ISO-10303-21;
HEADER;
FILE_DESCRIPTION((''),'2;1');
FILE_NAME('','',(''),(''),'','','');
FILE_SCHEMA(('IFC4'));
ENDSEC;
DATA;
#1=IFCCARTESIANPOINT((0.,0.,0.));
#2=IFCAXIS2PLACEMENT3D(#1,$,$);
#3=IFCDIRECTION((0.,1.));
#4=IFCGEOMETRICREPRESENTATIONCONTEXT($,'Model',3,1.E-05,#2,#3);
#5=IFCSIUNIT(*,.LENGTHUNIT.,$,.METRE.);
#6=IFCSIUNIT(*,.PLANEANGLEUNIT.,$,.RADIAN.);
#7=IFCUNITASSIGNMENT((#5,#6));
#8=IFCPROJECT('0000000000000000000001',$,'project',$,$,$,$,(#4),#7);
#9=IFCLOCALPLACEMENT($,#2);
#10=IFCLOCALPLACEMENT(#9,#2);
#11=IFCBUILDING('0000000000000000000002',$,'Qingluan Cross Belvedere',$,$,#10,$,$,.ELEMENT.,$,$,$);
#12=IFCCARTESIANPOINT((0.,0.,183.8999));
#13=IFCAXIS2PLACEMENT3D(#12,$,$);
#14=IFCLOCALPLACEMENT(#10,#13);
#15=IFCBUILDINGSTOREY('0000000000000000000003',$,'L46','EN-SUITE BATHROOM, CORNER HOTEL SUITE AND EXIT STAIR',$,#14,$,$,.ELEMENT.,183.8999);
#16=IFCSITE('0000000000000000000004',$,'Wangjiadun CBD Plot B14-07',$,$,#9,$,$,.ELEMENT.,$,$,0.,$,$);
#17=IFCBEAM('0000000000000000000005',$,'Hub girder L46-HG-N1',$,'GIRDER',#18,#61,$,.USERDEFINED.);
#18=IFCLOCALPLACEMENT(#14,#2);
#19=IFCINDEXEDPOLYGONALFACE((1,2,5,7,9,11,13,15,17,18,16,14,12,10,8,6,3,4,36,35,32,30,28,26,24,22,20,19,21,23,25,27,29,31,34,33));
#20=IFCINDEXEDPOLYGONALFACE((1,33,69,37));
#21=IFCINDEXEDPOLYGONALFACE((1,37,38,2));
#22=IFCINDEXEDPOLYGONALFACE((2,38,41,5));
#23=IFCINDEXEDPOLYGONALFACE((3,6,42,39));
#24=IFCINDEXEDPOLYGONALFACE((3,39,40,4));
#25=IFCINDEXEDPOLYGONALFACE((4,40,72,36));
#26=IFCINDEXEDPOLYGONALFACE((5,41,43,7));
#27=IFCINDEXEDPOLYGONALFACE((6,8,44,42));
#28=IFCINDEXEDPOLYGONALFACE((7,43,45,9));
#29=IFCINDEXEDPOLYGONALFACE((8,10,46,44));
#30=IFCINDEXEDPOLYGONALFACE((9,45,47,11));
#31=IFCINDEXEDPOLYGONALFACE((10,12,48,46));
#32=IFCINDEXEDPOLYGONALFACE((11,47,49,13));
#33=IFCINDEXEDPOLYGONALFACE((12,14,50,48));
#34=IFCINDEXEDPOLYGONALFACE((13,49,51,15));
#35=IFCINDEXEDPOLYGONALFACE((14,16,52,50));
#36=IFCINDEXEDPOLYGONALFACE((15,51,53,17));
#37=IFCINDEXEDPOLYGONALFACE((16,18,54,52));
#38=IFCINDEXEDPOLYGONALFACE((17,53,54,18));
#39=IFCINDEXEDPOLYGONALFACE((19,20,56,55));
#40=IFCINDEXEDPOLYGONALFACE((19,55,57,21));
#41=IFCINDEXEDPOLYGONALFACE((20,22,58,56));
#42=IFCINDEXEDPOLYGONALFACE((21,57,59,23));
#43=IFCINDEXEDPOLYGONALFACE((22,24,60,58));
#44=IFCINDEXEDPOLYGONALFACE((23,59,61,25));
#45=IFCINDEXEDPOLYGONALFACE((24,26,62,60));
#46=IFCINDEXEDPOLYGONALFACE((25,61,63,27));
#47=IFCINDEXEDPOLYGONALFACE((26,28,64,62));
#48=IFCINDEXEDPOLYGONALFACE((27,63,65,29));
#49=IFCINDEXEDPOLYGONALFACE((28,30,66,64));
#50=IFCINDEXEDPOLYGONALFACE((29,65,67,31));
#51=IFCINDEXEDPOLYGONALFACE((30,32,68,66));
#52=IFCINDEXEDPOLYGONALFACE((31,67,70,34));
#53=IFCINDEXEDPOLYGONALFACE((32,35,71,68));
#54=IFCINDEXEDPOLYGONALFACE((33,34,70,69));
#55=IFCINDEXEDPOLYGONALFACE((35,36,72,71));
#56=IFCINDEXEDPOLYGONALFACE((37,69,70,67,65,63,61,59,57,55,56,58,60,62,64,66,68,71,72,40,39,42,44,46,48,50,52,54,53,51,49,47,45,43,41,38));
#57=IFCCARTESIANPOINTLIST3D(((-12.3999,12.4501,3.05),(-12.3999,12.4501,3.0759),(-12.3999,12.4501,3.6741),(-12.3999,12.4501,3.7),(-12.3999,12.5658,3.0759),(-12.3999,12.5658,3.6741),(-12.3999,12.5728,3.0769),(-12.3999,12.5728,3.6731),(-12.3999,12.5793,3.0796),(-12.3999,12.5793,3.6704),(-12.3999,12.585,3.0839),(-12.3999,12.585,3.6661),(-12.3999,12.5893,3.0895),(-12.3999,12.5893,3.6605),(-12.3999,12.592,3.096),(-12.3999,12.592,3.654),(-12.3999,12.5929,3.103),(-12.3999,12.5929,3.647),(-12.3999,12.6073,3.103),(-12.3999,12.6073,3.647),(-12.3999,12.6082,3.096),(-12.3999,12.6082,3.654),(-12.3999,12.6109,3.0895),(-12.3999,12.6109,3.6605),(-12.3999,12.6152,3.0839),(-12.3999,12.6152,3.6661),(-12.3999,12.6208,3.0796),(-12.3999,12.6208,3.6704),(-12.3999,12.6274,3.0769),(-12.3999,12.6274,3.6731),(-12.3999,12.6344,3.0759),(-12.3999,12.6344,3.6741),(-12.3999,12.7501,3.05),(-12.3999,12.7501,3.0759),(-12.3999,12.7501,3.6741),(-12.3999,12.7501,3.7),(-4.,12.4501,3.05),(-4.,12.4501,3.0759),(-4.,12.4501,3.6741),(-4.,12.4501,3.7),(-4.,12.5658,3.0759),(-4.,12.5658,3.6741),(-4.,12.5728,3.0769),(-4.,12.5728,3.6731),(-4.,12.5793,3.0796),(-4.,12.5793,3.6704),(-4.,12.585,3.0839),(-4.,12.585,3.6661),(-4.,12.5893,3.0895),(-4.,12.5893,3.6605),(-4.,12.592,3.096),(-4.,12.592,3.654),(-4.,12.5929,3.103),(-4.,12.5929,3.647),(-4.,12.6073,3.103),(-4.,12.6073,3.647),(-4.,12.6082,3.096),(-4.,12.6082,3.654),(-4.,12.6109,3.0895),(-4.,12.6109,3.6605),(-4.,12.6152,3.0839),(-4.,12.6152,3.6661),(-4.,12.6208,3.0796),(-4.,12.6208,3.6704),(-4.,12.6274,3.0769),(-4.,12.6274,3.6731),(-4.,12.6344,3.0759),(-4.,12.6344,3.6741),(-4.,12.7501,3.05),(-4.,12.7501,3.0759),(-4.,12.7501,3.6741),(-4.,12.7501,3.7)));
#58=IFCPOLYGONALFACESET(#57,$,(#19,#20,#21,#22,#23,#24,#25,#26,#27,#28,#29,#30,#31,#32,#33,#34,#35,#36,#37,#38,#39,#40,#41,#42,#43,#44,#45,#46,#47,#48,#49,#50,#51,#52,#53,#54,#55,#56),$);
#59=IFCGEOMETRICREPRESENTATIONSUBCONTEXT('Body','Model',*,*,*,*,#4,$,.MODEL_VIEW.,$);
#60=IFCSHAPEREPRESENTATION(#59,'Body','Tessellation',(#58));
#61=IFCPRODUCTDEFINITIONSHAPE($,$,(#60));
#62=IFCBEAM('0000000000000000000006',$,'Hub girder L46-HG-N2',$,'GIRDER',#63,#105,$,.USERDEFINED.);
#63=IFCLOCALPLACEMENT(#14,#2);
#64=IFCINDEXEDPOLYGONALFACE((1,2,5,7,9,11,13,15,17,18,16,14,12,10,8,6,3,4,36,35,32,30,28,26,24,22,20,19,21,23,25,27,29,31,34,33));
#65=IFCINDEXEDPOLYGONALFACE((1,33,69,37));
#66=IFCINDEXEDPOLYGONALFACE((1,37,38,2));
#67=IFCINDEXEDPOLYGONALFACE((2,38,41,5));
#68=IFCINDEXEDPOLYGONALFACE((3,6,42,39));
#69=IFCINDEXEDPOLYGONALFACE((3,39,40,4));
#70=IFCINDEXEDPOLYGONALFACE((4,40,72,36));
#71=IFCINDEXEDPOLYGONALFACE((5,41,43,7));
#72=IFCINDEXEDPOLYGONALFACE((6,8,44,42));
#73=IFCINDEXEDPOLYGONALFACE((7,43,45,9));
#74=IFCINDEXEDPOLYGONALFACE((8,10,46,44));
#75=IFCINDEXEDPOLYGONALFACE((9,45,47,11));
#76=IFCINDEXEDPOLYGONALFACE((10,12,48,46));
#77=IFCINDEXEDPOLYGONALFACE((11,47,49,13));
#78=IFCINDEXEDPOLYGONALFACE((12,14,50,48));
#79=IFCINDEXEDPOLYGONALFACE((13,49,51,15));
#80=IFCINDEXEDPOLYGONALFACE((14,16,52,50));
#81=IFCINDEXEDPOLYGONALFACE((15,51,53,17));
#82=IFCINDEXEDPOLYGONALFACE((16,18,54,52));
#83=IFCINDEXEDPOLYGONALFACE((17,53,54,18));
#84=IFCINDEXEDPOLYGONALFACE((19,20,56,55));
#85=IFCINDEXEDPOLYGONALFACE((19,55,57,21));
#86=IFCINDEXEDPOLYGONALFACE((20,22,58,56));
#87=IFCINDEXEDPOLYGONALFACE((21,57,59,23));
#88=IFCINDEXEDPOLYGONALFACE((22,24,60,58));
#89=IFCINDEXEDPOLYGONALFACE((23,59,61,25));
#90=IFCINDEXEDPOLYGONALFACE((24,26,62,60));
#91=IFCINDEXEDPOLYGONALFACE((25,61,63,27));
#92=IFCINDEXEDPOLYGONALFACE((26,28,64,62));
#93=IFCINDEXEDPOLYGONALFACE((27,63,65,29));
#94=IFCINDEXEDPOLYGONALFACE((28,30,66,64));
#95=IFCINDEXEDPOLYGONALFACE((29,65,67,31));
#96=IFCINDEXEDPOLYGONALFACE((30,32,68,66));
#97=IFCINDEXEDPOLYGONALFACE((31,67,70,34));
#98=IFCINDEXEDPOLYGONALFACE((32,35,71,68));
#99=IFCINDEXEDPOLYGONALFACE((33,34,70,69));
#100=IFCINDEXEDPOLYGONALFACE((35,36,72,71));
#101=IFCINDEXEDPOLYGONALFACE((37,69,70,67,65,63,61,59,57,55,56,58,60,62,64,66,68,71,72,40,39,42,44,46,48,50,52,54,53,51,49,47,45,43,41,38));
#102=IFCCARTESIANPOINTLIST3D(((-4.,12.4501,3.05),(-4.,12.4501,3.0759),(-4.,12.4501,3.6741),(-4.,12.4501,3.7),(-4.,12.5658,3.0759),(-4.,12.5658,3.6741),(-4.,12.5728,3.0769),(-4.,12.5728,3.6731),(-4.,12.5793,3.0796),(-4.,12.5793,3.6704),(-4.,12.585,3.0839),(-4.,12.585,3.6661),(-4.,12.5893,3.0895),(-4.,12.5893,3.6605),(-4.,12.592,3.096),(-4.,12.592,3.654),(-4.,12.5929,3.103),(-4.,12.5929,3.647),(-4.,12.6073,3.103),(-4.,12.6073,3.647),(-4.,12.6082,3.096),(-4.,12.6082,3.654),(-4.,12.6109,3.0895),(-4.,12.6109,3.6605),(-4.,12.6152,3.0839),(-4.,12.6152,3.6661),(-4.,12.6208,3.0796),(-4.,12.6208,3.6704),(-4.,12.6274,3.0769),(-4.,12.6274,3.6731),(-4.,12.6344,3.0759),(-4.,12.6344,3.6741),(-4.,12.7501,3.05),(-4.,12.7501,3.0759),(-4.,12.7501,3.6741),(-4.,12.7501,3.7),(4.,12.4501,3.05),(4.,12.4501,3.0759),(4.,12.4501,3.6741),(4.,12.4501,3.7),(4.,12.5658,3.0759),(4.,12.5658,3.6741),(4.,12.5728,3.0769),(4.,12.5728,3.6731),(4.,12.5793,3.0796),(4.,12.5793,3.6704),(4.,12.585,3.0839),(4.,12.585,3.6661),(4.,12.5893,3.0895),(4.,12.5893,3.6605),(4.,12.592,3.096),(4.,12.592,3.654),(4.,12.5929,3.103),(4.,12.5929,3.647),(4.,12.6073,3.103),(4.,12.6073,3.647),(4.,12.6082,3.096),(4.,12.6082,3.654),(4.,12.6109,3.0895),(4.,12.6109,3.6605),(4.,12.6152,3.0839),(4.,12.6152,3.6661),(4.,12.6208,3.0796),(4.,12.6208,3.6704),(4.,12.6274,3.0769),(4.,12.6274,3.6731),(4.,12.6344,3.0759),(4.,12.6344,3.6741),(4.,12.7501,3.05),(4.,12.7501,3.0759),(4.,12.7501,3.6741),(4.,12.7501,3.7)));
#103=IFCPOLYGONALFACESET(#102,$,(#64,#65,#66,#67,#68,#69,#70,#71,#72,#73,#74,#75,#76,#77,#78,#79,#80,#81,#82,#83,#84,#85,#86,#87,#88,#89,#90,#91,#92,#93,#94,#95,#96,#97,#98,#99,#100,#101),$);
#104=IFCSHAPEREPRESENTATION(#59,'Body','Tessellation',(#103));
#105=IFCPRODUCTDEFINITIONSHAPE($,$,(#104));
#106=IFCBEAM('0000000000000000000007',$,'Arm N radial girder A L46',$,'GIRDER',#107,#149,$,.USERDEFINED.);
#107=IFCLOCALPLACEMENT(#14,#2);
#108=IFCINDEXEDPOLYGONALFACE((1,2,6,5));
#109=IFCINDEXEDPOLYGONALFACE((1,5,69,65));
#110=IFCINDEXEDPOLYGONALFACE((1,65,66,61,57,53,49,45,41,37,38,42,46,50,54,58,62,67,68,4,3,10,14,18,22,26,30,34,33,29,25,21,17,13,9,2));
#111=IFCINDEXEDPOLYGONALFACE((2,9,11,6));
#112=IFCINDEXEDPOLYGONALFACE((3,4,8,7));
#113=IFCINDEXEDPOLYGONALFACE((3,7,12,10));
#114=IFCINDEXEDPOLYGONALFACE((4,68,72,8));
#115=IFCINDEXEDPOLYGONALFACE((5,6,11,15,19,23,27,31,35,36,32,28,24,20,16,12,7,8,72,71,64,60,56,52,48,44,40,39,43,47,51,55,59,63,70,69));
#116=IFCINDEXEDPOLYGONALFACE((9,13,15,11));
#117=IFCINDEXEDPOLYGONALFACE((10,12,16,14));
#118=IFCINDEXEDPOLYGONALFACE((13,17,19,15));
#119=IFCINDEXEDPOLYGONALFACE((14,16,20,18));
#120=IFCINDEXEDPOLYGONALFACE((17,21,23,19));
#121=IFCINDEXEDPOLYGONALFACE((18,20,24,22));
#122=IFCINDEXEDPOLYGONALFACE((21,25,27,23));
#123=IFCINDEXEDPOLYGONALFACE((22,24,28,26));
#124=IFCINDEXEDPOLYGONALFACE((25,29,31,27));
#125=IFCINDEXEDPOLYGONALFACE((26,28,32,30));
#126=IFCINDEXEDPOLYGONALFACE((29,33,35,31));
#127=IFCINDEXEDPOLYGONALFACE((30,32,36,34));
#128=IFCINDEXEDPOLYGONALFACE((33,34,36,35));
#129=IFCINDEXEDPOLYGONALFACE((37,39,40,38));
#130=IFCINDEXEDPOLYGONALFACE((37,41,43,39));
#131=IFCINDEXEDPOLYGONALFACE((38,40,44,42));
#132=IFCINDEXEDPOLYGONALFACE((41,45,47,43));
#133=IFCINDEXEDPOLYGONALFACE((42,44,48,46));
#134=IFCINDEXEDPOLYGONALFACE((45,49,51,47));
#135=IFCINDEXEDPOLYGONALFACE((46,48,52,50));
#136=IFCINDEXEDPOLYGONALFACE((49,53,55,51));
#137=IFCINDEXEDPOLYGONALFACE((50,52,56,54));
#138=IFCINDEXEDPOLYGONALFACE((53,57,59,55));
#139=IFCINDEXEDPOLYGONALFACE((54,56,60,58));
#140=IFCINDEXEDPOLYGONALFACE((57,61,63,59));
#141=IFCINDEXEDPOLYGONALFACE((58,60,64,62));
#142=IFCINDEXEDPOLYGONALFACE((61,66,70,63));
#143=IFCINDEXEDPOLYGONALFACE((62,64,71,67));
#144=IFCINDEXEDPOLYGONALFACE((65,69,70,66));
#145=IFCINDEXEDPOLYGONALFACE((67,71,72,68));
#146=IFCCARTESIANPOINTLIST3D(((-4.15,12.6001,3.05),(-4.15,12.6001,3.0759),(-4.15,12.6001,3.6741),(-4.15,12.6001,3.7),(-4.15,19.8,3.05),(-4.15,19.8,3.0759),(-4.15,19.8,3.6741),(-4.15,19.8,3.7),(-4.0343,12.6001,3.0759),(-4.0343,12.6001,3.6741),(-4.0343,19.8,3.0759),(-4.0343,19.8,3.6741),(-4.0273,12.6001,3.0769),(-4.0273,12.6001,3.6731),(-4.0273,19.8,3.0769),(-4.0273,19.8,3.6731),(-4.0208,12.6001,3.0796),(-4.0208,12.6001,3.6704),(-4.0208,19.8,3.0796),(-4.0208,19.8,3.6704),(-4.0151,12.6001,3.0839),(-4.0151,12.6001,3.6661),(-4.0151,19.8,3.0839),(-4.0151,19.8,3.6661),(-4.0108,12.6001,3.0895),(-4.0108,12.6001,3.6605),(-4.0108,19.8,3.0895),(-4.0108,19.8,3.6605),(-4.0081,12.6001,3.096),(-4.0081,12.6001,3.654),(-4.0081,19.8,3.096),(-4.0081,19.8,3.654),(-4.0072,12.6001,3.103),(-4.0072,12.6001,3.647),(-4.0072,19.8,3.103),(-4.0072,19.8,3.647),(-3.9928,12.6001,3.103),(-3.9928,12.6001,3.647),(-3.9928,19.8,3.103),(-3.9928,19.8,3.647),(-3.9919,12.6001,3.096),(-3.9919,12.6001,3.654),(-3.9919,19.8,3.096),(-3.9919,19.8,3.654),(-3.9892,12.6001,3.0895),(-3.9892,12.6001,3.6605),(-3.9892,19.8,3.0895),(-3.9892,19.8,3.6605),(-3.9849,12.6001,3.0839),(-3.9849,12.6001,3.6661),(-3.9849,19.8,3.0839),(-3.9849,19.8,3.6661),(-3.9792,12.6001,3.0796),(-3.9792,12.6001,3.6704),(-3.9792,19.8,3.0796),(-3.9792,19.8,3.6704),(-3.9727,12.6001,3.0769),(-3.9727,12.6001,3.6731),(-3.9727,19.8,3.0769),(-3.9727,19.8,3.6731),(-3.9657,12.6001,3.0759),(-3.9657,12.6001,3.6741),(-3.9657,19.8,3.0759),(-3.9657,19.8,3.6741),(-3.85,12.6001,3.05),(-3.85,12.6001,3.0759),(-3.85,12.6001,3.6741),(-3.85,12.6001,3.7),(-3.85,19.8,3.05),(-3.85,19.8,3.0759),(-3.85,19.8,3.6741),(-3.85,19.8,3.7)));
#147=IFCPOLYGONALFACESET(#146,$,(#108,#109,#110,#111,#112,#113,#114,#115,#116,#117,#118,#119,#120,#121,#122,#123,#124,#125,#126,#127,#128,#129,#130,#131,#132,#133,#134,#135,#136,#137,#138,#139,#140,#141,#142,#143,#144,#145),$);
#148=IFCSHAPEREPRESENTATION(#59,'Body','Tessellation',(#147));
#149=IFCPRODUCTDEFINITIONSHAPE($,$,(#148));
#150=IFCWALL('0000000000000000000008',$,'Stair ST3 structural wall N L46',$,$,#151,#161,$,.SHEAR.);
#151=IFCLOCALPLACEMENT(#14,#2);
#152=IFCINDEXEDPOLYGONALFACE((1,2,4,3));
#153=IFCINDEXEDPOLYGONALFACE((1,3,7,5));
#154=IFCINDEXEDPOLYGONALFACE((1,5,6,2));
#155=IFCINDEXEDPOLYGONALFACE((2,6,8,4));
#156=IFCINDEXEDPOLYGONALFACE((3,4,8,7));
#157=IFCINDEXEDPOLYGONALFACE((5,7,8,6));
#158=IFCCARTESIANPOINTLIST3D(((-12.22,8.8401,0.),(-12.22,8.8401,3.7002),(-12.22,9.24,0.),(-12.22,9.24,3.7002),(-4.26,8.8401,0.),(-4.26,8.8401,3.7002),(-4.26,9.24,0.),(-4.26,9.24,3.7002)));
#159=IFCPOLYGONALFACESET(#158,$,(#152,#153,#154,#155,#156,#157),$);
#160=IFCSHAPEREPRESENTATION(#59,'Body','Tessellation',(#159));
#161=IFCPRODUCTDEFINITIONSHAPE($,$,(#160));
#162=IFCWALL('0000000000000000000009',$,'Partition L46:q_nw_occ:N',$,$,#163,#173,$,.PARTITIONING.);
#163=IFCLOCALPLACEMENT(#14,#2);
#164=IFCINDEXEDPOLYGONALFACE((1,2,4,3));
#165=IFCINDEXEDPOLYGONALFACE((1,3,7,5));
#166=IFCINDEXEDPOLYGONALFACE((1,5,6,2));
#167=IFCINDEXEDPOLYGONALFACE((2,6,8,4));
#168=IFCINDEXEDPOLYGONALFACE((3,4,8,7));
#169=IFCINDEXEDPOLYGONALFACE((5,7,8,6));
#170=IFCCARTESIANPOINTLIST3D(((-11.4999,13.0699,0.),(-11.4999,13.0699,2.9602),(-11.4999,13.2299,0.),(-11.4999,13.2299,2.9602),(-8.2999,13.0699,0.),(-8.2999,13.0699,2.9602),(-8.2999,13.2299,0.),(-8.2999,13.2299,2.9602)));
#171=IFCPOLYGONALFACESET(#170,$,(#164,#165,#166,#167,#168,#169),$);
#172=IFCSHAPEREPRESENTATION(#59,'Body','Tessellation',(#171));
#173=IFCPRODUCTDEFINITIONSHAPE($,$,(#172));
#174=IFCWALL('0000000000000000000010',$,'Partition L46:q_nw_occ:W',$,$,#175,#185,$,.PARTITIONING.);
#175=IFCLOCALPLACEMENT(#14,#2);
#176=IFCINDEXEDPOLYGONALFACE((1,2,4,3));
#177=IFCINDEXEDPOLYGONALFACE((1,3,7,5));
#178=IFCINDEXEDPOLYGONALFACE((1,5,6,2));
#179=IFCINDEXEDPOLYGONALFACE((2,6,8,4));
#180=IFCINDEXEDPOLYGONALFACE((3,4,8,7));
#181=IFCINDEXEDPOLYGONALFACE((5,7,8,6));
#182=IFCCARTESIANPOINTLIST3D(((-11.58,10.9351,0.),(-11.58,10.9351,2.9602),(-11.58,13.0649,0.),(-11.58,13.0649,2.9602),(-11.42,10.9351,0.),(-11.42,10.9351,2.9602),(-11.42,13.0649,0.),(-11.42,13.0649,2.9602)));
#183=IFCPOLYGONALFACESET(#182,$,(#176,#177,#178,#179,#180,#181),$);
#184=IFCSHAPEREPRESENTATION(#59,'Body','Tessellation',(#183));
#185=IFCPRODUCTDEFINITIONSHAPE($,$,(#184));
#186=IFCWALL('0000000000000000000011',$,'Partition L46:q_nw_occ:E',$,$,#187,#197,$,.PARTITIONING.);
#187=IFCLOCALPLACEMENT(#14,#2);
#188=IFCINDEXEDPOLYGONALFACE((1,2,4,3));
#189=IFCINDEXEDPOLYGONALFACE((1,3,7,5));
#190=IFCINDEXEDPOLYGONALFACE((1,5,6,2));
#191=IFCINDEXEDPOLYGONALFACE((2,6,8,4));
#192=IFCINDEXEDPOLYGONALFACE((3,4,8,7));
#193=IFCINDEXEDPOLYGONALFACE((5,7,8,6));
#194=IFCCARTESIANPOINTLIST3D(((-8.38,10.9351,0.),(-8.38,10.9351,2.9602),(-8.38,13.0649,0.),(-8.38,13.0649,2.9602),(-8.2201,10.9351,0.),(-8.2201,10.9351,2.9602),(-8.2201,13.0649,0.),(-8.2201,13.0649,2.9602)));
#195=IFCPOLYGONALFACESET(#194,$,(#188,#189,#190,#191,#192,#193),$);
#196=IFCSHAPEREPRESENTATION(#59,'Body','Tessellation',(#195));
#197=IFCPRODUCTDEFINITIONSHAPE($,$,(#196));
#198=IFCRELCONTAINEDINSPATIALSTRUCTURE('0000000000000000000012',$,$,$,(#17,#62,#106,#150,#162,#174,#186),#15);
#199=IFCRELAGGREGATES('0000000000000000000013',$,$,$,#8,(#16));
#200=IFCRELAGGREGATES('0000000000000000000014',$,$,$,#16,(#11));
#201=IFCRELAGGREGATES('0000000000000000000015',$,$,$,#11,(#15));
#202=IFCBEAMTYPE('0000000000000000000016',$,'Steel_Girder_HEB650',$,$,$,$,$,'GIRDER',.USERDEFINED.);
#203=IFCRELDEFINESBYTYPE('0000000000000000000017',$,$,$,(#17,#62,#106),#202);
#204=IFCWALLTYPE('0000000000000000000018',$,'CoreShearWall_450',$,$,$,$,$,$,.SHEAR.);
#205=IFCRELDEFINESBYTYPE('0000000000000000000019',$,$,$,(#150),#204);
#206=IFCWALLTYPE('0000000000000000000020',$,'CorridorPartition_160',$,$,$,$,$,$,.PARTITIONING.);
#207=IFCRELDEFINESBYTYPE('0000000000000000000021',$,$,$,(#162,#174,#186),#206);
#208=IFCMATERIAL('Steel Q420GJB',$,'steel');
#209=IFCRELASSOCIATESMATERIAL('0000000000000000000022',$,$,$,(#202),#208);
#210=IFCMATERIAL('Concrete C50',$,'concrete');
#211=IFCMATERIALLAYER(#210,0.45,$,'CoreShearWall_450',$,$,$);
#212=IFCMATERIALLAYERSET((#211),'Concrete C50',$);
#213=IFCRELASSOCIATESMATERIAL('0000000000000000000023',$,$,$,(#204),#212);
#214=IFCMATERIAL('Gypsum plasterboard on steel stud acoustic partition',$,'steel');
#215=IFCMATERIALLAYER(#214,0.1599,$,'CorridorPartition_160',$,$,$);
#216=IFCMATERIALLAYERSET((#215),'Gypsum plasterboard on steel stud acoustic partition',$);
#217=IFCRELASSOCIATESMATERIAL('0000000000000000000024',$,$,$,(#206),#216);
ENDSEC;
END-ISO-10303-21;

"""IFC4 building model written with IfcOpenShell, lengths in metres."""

from ifc_helpers import new_model, si_unit, direction, frame, frame_2d, origin, origin_2d, place, context, subcontext, project, spatial, rectangle, i_section, extrude, material, layer, layer_set, material_profile, profile_set, type_object, element, save


model = new_model("IFC4")

# Units and contexts
model_context = context("Model", 3, precision=1e-05, world=origin(), true_north=direction((0.0, 1.0)))
body_context = subcontext(model_context, "Body", "Model", "MODEL_VIEW")
ifc_project = project(units=[si_unit("LENGTHUNIT", "METRE"), si_unit("PLANEANGLEUNIT", "RADIAN")], contexts=[model_context])

# Site, building, storey
site_placement = place(None, origin())
site = spatial("IfcSite", under=ifc_project, at=site_placement, Name="Wangjiadun CBD Plot B14-07", CompositionType="ELEMENT", RefElevation=0.0)
building_placement = place(site_placement, origin())
building = spatial("IfcBuilding", under=site, at=building_placement, Name="Qingluan Cross Belvedere", CompositionType="ELEMENT")
storey_placement = place(building_placement, frame((0.0, 0.0, 183.8999)))
storey = spatial("IfcBuildingStorey", under=building, at=storey_placement, Name="L46", Description="EN-SUITE BATHROOM, CORNER HOTEL SUITE AND EXIT STAIR", CompositionType="ELEMENT", Elevation=183.8999)

# Beams
ifc_material_1 = material(Name="Steel Q420GJB", Category="steel")
ifc_material_profile_1 = material_profile(ifc_material_1, i_section(OverallWidth=0.3, OverallDepth=0.6499, WebThickness=0.0144, FlangeThickness=0.0259, FilletRadius=0.0271, at=origin_2d()), Name="HEB650")
ifc_profile_set_1 = profile_set([ifc_material_profile_1], Name="Steel Q420GJB")
beam_type_1 = type_object("IfcBeamType", Name="Steel_Girder_HEB650", ElementType="GIRDER", PredefinedType="USERDEFINED", material=ifc_profile_set_1)
beam_1_placement = place(storey_placement, frame((-12.3999, 12.6001, 3.375), z_axis=(1.0, 0.0, 0.0), x_axis=(0.0, 1.0, 0.0)))
element("IfcBeam", 1, at=beam_1_placement, inside=storey, type_object=beam_type_1, Name="Hub girder L46-HG-N1", ObjectType="GIRDER", PredefinedType="USERDEFINED", context=body_context, shape_type="SweptSolid", body=[
    extrude(i_section(OverallWidth=0.3, OverallDepth=0.6499, WebThickness=0.0144, FlangeThickness=0.0259, FilletRadius=0.0271, at=origin_2d()), origin(), (0.0, 0.0, 1.0), 8.3999),
])
beam_2_placement = place(storey_placement, frame((-4.0, 12.6001, 3.375), z_axis=(1.0, 0.0, 0.0), x_axis=(0.0, 1.0, 0.0)))
element("IfcBeam", 2, at=beam_2_placement, inside=storey, type_object=beam_type_1, Name="Hub girder L46-HG-N2", ObjectType="GIRDER", PredefinedType="USERDEFINED", context=body_context, shape_type="SweptSolid", body=[
    extrude(i_section(OverallWidth=0.3, OverallDepth=0.6499, WebThickness=0.0144, FlangeThickness=0.0259, FilletRadius=0.0271, at=origin_2d()), origin(), (0.0, 0.0, 1.0), 8.0),
])
beam_3_placement = place(storey_placement, frame((-4.0, 12.6001, 3.375), z_axis=(0.0, 1.0, 0.0), x_axis=(-1.0, 0.0, 0.0)))
element("IfcBeam", 3, at=beam_3_placement, inside=storey, type_object=beam_type_1, Name="Arm N radial girder A L46", ObjectType="GIRDER", PredefinedType="USERDEFINED", context=body_context, shape_type="SweptSolid", body=[
    extrude(i_section(OverallWidth=0.3, OverallDepth=0.6499, WebThickness=0.0144, FlangeThickness=0.0259, FilletRadius=0.0271, at=origin_2d()), origin(), (0.0, 0.0, 1.0), 7.2),
])

# Wall
ifc_material_2 = material(Name="Concrete C50", Category="concrete")
ifc_layer_1 = layer(ifc_material_2, 0.45, Name="CoreShearWall_450")
ifc_layer_set_1 = layer_set([ifc_layer_1], Name="Concrete C50")
wall_type_1 = type_object("IfcWallType", Name="CoreShearWall_450", PredefinedType="SHEAR", material=ifc_layer_set_1)
wall_1_placement = place(storey_placement, frame((-12.22, 9.04, 0.0), z_axis=(0.0, 0.0, 1.0), x_axis=(1.0, 0.0, 0.0)))
element("IfcWall", 4, at=wall_1_placement, inside=storey, type_object=wall_type_1, Name="Stair ST3 structural wall N L46", PredefinedType="SHEAR", context=body_context, shape_type="SweptSolid", body=[
    extrude(rectangle(XDim=7.96, YDim=0.3999, at=frame_2d((3.98, 0.0))), origin(), (0.0, 0.0, 1.0), 3.7002),
])

# Shared definitions
ifc_material_3 = material(Name="Gypsum plasterboard on steel stud acoustic partition", Category="steel")
ifc_layer_2 = layer(ifc_material_3, 0.1599, Name="CorridorPartition_160")
ifc_layer_set_2 = layer_set([ifc_layer_2], Name="Gypsum plasterboard on steel stud acoustic partition")
wall_type_2 = type_object("IfcWallType", Name="CorridorPartition_160", PredefinedType="PARTITIONING", material=ifc_layer_set_2)

# Walls
wall_2_placement = place(storey_placement, frame((-11.5, 13.1499, 0.0), z_axis=(0.0, 0.0, 1.0), x_axis=(1.0, 0.0, 0.0)))
element("IfcWall", 5, at=wall_2_placement, inside=storey, type_object=wall_type_2, Name="Partition L46:q_nw_occ:N", PredefinedType="PARTITIONING", context=body_context, shape_type="SweptSolid", body=[
    extrude(rectangle(XDim=3.2, YDim=0.1599, at=frame_2d((1.6001, 0.0))), origin(), (0.0, 0.0, 1.0), 2.9602),
])
for number, where, z_axis, x_axis, name in (
    (6, (-11.5, 10.9351, 0.0), (0.0, 0.0, 1.0), (0.0, 1.0, 0.0), "Partition L46:q_nw_occ:W"),
    (7, (-8.3, 10.9351, 0.0), (0.0, 0.0, 1.0), (0.0, 1.0, 0.0), "Partition L46:q_nw_occ:E"),
):
    element("IfcWall", number, at=place(storey_placement, frame(where, z_axis=z_axis, x_axis=x_axis)), inside=storey, type_object=wall_type_2, Name=name, PredefinedType="PARTITIONING", context=body_context, shape_type="SweptSolid", body=[
        extrude(rectangle(XDim=2.1299, YDim=0.1599, at=frame_2d((1.0649, 0.0))), origin(), (0.0, 0.0, 1.0), 2.9602),
    ])

save(model, "model.ifc")
